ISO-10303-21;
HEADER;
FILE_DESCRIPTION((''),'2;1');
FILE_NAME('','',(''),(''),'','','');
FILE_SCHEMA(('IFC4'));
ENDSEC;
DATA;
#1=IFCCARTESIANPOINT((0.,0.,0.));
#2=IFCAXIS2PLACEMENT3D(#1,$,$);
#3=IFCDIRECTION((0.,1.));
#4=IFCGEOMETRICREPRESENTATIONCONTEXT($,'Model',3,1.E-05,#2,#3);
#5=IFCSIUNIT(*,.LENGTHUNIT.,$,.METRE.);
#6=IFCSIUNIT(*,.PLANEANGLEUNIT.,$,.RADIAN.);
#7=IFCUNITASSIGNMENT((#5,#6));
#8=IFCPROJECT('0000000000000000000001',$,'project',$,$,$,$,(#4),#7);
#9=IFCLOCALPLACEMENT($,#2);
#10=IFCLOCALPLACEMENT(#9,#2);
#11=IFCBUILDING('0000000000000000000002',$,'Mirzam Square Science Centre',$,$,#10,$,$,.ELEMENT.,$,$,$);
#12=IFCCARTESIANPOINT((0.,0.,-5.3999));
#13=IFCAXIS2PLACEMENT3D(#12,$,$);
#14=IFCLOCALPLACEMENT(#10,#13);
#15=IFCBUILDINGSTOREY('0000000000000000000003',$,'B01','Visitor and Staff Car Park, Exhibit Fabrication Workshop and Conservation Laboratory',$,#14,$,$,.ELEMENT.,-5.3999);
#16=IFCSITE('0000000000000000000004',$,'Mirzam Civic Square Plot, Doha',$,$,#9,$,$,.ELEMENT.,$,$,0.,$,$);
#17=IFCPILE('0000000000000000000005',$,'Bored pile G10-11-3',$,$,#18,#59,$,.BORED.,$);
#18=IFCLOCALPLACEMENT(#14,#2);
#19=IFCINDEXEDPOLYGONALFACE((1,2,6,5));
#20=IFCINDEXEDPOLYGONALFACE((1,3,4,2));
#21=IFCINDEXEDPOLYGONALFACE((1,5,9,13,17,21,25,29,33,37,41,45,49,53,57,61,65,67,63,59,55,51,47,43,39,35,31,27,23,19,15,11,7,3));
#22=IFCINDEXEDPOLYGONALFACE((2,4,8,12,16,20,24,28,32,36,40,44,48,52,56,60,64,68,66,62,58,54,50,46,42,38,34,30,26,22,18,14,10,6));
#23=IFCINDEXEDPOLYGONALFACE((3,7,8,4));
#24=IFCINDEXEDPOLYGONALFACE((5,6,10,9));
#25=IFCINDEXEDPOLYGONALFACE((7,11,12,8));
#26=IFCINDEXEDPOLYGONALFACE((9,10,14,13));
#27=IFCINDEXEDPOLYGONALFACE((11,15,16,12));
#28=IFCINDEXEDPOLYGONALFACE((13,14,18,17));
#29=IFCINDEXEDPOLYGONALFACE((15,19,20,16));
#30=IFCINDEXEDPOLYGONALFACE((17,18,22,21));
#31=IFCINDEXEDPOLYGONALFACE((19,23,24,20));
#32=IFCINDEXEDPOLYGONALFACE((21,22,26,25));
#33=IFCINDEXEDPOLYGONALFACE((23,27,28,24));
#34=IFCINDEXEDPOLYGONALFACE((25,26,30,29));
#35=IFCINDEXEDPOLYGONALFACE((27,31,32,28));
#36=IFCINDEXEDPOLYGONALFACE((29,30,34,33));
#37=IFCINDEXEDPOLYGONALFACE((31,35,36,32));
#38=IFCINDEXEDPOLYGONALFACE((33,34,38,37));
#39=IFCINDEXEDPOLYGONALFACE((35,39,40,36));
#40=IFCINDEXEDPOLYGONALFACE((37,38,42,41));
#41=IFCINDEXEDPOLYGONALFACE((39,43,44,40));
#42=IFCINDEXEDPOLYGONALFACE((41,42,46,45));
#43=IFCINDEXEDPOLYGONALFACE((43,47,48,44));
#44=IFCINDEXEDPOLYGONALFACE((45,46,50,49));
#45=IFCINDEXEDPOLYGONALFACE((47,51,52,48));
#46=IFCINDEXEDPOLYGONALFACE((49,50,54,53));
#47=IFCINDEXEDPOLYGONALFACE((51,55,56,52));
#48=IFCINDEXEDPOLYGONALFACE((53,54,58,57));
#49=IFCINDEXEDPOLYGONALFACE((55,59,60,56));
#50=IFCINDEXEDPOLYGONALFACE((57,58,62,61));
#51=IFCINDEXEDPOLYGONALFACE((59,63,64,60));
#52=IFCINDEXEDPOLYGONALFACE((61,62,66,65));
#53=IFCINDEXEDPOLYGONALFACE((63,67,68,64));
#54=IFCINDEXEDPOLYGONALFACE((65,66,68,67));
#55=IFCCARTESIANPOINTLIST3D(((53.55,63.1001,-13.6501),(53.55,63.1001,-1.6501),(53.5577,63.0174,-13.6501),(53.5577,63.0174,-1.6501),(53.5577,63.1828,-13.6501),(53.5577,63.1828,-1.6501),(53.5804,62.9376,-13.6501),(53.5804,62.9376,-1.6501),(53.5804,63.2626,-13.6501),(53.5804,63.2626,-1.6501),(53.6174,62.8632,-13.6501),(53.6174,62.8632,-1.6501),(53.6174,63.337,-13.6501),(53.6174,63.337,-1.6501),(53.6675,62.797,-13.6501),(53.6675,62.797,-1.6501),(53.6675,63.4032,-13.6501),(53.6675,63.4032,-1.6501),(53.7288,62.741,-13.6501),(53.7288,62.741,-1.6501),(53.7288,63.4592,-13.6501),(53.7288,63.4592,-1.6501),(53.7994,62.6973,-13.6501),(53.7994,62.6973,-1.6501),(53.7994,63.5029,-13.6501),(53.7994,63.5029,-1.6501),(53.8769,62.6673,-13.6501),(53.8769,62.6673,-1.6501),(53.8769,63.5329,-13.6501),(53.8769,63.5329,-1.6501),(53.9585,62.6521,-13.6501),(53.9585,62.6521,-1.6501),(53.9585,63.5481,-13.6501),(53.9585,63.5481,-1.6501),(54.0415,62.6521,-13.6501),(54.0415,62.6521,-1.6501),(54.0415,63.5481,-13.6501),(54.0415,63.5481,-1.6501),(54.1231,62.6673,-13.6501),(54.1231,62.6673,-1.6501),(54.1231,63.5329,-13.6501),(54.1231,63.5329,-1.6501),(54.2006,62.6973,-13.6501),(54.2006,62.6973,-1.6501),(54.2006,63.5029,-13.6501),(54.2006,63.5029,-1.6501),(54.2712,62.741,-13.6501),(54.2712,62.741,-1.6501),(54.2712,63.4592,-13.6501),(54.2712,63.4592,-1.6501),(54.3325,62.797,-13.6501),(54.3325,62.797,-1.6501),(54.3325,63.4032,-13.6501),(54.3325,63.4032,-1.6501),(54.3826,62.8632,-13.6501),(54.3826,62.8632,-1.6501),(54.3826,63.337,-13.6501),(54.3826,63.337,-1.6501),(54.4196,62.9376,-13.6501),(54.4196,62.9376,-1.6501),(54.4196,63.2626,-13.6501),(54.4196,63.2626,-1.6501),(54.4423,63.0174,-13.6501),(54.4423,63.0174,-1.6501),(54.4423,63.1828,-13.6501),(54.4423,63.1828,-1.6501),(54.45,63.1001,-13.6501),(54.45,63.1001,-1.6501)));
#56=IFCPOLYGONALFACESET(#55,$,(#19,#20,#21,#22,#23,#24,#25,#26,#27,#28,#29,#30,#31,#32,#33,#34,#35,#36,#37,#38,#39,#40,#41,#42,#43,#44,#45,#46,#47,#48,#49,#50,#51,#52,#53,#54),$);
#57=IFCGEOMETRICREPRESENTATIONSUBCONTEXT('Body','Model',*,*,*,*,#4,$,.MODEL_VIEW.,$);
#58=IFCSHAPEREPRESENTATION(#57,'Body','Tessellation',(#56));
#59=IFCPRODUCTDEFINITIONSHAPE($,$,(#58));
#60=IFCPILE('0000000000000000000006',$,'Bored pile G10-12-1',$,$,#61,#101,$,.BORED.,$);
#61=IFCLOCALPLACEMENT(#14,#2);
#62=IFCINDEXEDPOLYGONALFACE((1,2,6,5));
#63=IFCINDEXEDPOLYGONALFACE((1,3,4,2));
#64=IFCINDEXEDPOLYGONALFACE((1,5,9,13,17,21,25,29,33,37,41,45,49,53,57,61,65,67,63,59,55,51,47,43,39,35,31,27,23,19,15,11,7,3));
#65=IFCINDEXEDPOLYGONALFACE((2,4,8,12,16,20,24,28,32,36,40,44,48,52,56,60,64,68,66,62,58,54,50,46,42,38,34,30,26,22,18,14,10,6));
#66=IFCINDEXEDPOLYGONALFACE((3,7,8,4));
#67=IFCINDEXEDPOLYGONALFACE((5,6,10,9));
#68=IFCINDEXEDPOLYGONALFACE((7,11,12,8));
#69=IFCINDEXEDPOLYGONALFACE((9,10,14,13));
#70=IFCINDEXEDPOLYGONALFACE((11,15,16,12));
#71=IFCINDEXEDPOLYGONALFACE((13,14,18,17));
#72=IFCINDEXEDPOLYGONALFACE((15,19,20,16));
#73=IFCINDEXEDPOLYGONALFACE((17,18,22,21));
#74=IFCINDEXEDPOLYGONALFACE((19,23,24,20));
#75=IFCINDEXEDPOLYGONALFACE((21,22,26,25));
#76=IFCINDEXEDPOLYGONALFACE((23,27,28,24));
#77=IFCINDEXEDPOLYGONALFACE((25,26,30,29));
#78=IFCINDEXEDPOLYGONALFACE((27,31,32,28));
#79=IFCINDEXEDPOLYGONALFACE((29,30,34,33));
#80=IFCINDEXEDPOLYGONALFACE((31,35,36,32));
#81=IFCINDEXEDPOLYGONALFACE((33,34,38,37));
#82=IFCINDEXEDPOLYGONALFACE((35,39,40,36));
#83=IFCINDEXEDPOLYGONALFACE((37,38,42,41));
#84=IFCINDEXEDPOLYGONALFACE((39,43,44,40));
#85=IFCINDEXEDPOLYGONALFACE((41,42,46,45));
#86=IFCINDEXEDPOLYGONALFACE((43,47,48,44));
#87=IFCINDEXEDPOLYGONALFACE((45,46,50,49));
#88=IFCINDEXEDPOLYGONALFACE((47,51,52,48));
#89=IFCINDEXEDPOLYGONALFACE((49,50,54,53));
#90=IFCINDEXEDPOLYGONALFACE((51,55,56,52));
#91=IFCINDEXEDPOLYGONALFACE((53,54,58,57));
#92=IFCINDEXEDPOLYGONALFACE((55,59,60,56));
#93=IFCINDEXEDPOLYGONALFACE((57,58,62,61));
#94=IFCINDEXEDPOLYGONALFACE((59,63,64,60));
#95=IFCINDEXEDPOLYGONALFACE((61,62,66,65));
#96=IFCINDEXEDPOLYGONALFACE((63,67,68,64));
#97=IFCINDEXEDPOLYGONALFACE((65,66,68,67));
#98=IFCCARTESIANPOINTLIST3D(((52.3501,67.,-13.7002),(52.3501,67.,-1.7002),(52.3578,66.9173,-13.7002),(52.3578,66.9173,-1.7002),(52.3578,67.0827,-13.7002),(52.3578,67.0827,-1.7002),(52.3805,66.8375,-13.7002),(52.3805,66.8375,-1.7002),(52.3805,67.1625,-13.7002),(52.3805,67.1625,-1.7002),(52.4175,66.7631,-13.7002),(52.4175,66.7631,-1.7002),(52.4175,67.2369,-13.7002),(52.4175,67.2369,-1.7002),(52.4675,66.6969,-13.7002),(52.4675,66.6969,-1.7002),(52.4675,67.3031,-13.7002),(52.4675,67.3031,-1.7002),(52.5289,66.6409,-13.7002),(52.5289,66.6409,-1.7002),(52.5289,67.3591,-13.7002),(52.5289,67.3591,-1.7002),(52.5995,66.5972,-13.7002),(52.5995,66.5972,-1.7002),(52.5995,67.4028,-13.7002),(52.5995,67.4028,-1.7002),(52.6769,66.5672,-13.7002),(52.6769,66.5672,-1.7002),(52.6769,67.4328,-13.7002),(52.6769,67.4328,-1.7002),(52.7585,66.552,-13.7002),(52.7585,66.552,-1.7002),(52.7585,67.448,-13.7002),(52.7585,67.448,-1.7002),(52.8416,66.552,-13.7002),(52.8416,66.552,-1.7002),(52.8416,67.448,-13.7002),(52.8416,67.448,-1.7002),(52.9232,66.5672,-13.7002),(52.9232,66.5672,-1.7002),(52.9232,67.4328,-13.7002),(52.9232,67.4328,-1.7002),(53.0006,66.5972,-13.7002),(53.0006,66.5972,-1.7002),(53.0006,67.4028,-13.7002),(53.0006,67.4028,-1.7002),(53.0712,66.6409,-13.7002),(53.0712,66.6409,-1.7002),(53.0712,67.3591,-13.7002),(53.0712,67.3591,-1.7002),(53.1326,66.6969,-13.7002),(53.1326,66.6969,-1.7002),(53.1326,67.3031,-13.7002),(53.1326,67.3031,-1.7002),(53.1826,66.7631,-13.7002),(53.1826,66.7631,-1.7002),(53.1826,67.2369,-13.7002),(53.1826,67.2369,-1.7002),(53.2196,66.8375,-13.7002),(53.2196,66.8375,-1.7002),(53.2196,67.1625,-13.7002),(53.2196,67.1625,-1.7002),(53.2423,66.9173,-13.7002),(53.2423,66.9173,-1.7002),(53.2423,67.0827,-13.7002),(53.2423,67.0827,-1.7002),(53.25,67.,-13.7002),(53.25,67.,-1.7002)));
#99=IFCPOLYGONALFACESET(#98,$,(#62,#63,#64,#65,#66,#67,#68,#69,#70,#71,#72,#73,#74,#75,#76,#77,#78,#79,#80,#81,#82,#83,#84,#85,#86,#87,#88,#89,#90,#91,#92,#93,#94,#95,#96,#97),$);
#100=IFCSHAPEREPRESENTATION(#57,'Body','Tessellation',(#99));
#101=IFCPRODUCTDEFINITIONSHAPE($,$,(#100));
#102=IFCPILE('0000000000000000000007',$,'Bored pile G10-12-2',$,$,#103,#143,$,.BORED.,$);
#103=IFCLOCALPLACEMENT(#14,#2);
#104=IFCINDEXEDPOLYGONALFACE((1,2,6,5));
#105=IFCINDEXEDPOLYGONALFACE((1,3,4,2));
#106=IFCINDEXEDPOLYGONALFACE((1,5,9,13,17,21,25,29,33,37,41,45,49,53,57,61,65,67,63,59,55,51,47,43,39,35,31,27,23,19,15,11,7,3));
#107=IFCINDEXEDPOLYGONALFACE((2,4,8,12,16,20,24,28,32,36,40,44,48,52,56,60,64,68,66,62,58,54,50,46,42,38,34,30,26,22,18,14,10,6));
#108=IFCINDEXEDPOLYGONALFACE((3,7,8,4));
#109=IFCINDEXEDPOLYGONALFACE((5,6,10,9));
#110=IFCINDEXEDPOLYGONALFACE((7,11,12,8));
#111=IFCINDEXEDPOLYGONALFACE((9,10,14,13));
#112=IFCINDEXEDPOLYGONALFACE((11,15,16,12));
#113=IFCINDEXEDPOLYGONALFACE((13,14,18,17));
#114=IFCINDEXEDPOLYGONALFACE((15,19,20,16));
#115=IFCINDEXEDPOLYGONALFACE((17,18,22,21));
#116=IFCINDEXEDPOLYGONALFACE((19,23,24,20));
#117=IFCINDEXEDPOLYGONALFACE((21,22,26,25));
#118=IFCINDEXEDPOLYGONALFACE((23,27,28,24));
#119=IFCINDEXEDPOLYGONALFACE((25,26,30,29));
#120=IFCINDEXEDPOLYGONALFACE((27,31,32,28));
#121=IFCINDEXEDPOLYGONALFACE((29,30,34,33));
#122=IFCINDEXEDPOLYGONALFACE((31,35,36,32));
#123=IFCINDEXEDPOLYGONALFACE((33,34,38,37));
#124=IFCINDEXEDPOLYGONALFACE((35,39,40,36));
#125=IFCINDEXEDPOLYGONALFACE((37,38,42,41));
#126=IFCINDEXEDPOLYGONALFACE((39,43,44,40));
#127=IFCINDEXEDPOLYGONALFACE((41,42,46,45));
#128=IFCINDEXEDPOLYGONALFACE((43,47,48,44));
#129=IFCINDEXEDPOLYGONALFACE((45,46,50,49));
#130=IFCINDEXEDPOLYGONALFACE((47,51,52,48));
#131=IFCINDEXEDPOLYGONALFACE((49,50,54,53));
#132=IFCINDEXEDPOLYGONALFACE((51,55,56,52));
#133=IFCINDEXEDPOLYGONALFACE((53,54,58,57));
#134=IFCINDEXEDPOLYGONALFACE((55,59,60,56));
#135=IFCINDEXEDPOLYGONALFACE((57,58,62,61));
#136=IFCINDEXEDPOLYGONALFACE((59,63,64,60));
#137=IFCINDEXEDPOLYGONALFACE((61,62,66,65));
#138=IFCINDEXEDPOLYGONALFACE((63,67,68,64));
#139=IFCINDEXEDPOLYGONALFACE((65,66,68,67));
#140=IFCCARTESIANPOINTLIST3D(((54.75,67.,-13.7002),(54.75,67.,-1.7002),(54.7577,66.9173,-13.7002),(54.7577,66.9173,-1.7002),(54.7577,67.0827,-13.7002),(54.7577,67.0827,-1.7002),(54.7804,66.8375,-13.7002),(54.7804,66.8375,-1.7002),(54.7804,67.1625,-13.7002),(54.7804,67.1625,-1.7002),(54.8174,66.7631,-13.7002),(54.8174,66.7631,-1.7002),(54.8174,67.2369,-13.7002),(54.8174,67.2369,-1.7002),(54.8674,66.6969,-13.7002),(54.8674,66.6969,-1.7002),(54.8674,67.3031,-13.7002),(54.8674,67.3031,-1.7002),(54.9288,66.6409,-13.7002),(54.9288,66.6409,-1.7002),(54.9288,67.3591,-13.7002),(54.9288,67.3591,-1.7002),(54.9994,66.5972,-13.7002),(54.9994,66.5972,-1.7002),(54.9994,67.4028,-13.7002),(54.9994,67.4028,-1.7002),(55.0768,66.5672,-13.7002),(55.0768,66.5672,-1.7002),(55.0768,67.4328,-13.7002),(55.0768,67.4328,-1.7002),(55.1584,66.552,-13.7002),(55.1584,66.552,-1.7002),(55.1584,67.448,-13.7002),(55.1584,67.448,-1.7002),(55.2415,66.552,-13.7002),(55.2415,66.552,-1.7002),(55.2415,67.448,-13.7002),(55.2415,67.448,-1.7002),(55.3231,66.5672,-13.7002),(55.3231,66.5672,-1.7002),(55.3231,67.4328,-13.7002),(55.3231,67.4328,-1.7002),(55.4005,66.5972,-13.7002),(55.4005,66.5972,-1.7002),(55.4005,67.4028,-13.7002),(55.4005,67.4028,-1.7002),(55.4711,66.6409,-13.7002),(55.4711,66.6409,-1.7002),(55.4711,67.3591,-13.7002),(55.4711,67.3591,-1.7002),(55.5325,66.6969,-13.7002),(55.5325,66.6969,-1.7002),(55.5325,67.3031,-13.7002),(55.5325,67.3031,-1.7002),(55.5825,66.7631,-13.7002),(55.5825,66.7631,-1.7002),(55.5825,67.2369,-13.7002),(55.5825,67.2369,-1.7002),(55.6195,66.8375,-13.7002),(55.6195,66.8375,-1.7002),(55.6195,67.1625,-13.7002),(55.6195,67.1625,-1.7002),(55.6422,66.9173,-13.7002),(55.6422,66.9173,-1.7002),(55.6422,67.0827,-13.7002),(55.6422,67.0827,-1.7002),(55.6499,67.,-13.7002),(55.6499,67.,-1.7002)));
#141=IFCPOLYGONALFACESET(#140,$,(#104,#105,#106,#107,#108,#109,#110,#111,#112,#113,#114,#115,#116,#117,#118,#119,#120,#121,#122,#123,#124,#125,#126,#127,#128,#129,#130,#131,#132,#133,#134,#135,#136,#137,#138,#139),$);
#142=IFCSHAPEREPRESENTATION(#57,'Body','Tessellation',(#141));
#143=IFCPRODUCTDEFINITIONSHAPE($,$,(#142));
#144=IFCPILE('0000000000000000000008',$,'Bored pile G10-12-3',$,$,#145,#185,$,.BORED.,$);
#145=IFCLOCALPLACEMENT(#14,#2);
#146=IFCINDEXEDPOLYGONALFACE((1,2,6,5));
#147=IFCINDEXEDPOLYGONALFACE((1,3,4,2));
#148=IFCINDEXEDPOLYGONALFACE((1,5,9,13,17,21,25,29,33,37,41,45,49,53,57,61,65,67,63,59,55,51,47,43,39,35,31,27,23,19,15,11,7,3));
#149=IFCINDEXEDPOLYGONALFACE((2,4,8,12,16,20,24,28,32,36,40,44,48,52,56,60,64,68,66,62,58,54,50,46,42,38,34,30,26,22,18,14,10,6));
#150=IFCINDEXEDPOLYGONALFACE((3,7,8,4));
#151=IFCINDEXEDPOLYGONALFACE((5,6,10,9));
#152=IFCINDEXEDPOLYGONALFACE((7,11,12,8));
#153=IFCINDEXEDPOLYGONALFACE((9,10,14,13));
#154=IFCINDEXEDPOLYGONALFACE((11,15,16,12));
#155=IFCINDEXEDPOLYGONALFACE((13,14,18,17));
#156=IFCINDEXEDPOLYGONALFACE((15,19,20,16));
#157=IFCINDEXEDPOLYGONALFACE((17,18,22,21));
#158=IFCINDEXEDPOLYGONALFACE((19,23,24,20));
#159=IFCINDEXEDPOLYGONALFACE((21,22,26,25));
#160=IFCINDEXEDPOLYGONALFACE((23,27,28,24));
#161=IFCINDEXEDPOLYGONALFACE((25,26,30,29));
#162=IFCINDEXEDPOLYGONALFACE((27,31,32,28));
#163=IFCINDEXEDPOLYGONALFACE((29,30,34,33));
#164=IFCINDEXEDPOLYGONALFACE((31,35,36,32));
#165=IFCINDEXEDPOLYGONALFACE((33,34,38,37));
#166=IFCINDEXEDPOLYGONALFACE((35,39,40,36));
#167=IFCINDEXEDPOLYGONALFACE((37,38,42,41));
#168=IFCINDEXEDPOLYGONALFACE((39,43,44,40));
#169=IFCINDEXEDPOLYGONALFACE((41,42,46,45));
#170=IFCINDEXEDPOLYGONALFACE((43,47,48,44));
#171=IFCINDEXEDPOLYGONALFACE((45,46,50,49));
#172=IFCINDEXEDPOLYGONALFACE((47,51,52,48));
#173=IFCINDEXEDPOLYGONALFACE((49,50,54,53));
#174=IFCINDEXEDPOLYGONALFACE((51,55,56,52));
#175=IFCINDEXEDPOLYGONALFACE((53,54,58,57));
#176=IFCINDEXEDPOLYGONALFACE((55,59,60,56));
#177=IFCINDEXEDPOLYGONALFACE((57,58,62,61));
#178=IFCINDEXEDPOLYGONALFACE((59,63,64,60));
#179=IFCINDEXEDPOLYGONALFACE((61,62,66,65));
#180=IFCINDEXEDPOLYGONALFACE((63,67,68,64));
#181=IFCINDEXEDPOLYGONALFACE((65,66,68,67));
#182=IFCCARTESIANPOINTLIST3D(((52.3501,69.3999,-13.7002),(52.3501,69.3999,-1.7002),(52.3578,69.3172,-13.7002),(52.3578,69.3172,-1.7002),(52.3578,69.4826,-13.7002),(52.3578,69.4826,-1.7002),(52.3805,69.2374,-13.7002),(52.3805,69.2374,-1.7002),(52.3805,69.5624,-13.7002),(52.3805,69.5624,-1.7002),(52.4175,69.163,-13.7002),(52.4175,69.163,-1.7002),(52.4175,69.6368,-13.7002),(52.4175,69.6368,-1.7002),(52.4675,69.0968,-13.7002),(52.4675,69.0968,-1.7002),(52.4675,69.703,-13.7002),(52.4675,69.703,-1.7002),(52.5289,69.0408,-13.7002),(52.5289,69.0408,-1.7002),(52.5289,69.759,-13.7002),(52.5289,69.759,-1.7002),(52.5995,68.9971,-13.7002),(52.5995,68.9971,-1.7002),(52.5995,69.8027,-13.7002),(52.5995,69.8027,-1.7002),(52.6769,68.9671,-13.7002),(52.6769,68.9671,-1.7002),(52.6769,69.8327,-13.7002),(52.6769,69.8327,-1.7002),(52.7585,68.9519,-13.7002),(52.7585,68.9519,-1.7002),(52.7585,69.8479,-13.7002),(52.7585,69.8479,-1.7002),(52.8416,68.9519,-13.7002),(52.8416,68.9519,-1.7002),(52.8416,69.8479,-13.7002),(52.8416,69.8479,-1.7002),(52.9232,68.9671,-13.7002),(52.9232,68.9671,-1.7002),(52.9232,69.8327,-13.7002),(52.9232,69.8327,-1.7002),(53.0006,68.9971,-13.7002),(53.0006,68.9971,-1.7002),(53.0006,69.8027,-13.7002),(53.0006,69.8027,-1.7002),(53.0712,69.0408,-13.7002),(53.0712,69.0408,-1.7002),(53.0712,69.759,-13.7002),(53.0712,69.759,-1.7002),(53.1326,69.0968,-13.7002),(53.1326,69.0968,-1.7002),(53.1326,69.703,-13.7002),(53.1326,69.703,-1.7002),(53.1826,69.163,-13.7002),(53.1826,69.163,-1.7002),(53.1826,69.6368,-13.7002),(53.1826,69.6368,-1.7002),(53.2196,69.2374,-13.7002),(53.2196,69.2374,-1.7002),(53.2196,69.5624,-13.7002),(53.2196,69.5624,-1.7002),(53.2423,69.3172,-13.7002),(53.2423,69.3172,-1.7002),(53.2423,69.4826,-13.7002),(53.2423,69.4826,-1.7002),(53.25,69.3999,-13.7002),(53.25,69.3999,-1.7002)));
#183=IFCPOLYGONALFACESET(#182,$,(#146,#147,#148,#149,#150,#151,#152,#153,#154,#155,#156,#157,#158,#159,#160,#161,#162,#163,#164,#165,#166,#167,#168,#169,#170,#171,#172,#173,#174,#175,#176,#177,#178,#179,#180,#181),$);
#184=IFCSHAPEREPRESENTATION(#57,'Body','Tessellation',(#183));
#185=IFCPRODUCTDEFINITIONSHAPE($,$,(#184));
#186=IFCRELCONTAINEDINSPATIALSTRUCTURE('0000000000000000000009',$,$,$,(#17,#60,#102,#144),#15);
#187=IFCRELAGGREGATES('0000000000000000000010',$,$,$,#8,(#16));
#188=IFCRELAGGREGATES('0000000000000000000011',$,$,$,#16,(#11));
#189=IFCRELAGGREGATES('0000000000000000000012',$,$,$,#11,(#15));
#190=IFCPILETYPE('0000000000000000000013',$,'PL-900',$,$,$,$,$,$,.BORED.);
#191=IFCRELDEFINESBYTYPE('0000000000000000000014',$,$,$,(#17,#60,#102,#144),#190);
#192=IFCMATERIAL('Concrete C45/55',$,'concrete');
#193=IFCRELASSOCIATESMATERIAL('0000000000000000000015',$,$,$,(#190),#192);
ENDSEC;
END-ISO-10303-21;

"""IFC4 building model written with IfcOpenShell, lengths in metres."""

from ifc_helpers import new_model, si_unit, direction, frame, origin, origin_2d, place, context, subcontext, project, spatial, circle, extrude, material, material_profile, profile_set, type_object, element, save


model = new_model("IFC4")

# Units and contexts
model_context = context("Model", 3, precision=1e-05, world=origin(), true_north=direction((0.0, 1.0)))
body_context = subcontext(model_context, "Body", "Model", "MODEL_VIEW")
ifc_project = project(units=[si_unit("LENGTHUNIT", "METRE"), si_unit("PLANEANGLEUNIT", "RADIAN")], contexts=[model_context])

# Site, building, storey
site_placement = place(None, origin())
site = spatial("IfcSite", under=ifc_project, at=site_placement, Name="Mirzam Civic Square Plot, Doha", CompositionType="ELEMENT", RefElevation=0.0)
building_placement = place(site_placement, origin())
building = spatial("IfcBuilding", under=site, at=building_placement, Name="Mirzam Square Science Centre", CompositionType="ELEMENT")
storey_placement = place(building_placement, frame((0.0, 0.0, -5.3999)))
storey = spatial("IfcBuildingStorey", under=building, at=storey_placement, Name="B01", Description="Visitor and Staff Car Park, Exhibit Fabrication Workshop and Conservation Laboratory", CompositionType="ELEMENT", Elevation=-5.3999)

# Shared definitions
ifc_material = material(Name="Concrete C45/55", Category="concrete")

# Piles
ifc_material_profile_1 = material_profile(ifc_material, circle(Radius=0.45, at=origin_2d()), Name="PILE-D900")
ifc_profile_set_1 = profile_set([ifc_material_profile_1], Name="Concrete C45/55")
pile_type = type_object("IfcPileType", Name="PL-900", PredefinedType="BORED", material=ifc_profile_set_1)
for number, where, z_axis, x_axis, name in (
    (1, (54.0, 63.1001, -1.6501), (0.0, 0.0, -1.0), (1.0, 0.0, 0.0), "Bored pile G10-11-3"),
    (2, (52.8, 67.0, -1.7002), (0.0, 0.0, -1.0), (1.0, 0.0, 0.0), "Bored pile G10-12-1"),
    (3, (55.2, 67.0, -1.7002), (0.0, 0.0, -1.0), (1.0, 0.0, 0.0), "Bored pile G10-12-2"),
    (4, (52.8, 69.3999, -1.7002), (0.0, 0.0, -1.0), (1.0, 0.0, 0.0), "Bored pile G10-12-3"),
):
    element("IfcPile", number, at=place(storey_placement, frame(where, z_axis=z_axis, x_axis=x_axis)), inside=storey, type_object=pile_type, Name=name, PredefinedType="BORED", context=body_context, shape_type="SweptSolid", body=[
        extrude(circle(Radius=0.45, at=origin_2d()), origin(), (0.0, 0.0, 1.0), 12.0),
    ])

save(model, "model.ifc")
